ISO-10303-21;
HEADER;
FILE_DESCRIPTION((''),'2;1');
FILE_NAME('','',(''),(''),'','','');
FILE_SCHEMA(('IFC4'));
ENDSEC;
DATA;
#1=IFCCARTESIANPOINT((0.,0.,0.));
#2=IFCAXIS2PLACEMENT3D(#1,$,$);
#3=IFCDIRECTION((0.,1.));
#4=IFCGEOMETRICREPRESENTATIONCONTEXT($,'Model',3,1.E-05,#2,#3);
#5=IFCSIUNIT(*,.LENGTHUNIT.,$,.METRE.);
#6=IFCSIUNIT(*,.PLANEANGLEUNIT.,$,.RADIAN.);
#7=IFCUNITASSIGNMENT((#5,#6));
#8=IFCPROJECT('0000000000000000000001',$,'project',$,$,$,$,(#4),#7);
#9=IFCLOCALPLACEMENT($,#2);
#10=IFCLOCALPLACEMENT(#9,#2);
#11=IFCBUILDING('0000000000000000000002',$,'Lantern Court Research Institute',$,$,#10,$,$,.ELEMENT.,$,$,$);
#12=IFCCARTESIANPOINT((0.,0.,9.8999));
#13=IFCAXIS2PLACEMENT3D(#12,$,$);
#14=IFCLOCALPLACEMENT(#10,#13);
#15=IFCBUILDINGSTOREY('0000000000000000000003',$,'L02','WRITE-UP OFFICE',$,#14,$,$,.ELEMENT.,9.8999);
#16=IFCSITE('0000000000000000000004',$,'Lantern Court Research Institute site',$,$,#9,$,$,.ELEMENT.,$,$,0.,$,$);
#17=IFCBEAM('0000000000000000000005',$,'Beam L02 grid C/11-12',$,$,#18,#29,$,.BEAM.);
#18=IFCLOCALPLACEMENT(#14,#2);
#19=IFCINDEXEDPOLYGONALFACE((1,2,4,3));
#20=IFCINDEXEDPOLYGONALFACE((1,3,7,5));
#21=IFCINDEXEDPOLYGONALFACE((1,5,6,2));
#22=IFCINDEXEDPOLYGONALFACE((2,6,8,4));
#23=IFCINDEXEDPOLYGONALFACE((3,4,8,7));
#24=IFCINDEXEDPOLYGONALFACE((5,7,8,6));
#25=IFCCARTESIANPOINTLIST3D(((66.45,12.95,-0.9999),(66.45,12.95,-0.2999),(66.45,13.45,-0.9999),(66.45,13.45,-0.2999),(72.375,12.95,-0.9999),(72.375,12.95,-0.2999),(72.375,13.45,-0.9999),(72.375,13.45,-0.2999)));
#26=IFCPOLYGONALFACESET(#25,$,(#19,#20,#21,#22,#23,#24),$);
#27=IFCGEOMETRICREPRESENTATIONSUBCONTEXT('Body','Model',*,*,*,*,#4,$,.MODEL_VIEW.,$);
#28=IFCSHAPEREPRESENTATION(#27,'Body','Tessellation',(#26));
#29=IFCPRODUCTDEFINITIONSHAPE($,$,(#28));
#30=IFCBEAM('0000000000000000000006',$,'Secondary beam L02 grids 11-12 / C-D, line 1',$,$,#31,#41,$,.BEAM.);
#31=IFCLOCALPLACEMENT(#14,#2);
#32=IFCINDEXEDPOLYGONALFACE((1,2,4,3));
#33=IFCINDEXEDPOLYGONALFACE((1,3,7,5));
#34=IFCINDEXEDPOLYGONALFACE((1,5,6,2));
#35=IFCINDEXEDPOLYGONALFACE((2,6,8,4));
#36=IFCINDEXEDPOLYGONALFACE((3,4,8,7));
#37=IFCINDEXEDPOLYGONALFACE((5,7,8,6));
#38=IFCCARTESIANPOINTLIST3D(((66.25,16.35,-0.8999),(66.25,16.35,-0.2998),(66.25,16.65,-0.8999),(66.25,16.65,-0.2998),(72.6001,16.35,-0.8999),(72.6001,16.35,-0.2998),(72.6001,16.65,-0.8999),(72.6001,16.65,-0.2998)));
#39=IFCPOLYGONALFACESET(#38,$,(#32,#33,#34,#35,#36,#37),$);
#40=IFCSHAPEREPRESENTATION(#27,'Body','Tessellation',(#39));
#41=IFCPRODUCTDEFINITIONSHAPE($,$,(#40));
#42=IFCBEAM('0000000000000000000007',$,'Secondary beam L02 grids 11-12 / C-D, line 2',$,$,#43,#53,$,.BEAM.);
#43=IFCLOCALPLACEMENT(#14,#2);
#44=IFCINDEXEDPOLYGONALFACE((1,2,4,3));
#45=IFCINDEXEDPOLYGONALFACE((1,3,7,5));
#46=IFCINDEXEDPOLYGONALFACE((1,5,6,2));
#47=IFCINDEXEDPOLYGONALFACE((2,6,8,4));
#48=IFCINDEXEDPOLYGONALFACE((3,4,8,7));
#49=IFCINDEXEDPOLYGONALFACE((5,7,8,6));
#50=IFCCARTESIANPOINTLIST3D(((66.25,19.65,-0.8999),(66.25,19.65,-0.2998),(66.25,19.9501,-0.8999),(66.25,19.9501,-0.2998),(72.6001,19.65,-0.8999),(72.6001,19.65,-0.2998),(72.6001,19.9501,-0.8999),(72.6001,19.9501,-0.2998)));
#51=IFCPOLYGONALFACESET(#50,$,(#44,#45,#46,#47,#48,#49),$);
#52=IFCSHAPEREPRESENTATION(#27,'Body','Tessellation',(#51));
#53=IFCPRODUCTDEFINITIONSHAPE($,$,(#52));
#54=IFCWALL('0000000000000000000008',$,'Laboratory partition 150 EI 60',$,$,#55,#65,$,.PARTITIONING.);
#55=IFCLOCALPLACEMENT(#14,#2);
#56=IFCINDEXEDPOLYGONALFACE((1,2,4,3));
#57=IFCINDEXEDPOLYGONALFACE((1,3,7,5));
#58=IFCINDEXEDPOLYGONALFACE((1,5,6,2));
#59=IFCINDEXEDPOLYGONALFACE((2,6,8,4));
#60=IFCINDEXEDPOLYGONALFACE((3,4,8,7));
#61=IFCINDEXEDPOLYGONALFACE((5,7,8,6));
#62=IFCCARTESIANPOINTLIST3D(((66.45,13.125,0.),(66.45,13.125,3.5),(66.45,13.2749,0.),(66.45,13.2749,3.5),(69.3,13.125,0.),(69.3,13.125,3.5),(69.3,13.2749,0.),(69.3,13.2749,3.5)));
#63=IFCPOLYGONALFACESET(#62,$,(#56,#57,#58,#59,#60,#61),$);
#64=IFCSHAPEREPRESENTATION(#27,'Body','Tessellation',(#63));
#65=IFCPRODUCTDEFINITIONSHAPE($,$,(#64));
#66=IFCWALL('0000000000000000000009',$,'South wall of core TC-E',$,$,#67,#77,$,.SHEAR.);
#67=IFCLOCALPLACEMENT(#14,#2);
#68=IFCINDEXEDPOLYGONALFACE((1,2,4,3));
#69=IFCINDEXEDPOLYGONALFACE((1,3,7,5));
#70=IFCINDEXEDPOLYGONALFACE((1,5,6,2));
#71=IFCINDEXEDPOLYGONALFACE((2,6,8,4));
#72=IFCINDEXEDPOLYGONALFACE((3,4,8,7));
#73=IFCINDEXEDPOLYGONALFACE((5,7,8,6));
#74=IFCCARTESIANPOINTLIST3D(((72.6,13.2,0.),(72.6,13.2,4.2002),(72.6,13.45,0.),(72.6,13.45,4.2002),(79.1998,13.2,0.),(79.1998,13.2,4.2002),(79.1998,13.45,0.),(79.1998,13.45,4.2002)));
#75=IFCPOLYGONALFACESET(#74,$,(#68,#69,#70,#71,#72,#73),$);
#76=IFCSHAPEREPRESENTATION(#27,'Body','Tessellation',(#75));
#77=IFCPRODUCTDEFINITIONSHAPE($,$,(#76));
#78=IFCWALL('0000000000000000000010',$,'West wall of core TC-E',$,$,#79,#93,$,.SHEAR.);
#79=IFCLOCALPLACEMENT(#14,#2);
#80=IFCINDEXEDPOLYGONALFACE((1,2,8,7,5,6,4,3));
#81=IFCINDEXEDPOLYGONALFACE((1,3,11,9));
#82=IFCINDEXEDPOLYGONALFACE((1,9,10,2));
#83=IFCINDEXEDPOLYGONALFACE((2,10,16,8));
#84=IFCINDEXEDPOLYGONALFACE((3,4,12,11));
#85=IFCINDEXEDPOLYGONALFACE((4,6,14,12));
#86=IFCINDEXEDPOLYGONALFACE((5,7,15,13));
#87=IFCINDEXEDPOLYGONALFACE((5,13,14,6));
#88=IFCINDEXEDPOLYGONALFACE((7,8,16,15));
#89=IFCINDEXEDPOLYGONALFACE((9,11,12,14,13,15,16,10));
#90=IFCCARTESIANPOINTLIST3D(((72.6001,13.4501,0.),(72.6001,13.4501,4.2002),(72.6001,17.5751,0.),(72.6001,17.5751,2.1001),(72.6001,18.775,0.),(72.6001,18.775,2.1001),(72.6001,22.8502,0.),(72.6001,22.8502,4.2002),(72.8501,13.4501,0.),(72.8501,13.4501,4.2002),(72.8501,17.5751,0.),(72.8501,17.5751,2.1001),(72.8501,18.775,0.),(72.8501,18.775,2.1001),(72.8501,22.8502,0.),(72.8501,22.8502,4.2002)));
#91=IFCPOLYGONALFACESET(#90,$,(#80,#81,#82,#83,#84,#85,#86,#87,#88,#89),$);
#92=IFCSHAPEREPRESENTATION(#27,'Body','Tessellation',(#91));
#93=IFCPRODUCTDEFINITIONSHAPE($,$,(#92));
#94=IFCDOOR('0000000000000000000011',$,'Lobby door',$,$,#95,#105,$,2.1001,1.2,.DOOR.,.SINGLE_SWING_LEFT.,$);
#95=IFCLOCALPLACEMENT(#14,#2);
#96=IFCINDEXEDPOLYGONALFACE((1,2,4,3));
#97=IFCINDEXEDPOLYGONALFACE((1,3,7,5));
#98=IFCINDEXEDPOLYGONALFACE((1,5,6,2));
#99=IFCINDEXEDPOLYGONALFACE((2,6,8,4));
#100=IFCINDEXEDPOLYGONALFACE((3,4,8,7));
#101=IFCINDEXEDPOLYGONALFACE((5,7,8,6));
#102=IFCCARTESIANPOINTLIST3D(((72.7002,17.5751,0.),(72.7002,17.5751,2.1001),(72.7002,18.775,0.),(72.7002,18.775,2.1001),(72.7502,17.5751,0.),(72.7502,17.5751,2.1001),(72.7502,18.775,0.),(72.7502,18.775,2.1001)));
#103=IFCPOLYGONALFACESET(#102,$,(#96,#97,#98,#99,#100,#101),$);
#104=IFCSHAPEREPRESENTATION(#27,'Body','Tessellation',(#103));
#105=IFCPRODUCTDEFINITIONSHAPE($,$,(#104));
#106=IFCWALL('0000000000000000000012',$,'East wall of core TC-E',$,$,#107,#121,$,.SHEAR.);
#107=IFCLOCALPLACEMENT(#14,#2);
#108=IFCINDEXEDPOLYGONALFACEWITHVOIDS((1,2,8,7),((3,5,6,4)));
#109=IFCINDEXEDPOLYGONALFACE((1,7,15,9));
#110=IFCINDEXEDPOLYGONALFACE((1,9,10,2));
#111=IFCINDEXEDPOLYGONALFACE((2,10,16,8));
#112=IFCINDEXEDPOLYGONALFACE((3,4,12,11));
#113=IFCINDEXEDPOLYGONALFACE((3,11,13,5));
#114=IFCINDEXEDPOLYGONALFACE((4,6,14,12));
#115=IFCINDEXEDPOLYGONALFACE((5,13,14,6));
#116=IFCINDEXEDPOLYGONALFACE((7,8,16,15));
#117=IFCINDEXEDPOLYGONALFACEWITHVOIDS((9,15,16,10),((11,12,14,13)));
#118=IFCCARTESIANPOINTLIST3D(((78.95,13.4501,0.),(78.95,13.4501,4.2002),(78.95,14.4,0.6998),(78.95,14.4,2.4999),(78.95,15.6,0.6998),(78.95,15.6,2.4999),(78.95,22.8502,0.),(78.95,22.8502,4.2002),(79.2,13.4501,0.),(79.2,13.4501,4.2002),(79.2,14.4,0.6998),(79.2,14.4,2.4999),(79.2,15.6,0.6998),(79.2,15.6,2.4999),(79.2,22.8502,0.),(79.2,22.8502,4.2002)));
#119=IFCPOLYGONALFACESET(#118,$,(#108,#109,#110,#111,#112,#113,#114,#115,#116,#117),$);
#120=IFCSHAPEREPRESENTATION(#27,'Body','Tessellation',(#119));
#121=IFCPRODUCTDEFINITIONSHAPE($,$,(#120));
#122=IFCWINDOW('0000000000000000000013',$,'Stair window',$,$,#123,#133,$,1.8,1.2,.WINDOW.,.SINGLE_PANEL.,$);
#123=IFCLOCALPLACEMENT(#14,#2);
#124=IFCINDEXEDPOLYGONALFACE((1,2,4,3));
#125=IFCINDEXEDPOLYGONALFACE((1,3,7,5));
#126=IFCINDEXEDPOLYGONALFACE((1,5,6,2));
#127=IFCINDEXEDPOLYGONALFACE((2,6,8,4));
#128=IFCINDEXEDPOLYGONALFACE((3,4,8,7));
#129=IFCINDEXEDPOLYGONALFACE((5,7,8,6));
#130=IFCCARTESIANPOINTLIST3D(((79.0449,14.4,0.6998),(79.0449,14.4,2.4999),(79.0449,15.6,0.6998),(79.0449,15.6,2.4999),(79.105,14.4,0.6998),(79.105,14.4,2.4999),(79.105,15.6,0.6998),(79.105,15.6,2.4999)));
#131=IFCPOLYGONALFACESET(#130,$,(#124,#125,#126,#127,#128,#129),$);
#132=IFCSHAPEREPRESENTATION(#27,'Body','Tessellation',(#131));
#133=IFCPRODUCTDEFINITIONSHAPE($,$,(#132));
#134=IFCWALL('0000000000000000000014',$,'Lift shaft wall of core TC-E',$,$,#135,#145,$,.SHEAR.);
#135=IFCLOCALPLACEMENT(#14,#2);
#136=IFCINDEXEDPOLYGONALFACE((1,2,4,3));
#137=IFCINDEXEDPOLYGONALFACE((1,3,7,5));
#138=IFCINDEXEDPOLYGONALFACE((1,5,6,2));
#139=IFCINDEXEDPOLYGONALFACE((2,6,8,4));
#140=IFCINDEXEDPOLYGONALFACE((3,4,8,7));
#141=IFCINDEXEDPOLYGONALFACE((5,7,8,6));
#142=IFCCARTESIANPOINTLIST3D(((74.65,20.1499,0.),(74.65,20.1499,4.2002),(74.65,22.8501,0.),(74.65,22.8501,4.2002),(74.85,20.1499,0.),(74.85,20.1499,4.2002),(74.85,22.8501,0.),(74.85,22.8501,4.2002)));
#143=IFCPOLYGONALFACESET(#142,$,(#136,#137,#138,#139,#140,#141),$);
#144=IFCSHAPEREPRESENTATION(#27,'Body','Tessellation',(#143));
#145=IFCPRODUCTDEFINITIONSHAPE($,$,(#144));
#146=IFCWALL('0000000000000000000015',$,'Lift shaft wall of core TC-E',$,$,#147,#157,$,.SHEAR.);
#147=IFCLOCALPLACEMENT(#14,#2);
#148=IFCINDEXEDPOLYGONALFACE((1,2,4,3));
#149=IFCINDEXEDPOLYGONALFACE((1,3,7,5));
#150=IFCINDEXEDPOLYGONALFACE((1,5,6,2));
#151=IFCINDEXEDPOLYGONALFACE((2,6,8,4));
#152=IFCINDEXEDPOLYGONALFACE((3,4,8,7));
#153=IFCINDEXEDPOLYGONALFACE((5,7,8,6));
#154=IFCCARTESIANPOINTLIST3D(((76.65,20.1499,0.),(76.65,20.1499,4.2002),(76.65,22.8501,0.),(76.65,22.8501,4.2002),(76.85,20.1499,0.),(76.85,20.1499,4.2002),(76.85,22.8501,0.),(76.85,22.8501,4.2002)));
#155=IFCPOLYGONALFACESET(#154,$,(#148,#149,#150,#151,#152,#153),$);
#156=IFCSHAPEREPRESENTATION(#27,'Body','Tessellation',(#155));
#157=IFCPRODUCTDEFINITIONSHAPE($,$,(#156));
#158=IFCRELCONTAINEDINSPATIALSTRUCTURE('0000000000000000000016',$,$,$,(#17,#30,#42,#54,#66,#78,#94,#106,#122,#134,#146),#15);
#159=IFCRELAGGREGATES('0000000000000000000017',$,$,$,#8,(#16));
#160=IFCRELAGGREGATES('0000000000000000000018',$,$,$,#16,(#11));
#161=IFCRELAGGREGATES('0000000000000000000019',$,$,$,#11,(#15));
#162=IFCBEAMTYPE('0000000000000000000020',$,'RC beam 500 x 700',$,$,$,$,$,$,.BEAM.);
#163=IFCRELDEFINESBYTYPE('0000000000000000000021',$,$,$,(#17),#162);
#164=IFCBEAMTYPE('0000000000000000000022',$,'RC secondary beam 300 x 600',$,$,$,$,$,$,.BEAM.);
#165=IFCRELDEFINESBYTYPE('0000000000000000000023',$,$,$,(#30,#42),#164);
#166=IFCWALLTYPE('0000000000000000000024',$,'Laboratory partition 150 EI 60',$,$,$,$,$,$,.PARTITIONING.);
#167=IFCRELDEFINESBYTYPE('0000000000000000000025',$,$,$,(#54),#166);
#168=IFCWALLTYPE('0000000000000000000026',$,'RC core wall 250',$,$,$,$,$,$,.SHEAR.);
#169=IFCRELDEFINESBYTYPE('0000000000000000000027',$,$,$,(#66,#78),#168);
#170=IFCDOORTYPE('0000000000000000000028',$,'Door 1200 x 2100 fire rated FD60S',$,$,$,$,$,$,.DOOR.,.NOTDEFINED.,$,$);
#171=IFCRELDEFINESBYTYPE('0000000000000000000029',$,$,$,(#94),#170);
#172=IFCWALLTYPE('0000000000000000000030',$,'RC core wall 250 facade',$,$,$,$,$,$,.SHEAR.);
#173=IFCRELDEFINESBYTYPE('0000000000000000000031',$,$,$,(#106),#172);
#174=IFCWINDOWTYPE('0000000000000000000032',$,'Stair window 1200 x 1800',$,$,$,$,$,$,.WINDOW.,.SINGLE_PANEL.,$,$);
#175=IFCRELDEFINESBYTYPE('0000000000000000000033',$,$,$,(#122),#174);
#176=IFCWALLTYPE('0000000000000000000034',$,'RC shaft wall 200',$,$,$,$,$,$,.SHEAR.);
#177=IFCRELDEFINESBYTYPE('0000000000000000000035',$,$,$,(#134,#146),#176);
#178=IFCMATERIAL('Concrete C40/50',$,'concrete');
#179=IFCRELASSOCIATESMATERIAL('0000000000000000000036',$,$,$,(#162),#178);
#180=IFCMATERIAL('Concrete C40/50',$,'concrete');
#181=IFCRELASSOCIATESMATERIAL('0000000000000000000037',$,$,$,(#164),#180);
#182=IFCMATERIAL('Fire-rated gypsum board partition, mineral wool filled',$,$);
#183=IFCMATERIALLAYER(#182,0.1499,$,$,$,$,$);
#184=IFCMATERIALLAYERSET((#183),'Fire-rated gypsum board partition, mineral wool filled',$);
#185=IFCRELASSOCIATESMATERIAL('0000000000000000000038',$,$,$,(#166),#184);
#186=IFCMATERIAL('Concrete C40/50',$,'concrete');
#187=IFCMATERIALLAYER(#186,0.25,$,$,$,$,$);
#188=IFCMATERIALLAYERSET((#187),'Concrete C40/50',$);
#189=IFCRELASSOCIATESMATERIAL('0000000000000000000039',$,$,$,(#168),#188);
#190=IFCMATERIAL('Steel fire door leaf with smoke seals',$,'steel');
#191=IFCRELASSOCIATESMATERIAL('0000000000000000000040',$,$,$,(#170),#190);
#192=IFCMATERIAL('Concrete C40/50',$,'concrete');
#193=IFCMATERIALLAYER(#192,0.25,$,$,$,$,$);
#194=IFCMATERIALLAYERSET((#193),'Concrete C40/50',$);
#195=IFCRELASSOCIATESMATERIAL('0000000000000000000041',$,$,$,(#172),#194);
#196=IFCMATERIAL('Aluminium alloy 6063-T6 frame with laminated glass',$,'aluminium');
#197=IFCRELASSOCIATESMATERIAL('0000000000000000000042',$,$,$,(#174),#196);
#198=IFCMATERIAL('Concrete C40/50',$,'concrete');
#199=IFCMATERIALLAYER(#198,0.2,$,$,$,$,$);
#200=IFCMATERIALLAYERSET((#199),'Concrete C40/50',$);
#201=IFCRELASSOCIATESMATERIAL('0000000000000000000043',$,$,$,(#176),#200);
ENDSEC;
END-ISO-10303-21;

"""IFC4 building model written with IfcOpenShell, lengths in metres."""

from ifc_helpers import new_model, si_unit, direction, frame, frame_2d, origin, origin_2d, place, context, subcontext, project, spatial, rectangle, extrude, material, layer, layer_set, material_profile, profile_set, type_object, element, fill, save


model = new_model("IFC4")

# Units and contexts
model_context = context("Model", 3, precision=1e-05, world=origin(), true_north=direction((0.0, 1.0)))
body_context = subcontext(model_context, "Body", "Model", "MODEL_VIEW")
ifc_project = project(units=[si_unit("LENGTHUNIT", "METRE"), si_unit("PLANEANGLEUNIT", "RADIAN")], contexts=[model_context])

# Site, building, storey
site_placement = place(None, origin())
site = spatial("IfcSite", under=ifc_project, at=site_placement, Name="Lantern Court Research Institute site", CompositionType="ELEMENT", RefElevation=0.0)
building_placement = place(site_placement, origin())
building = spatial("IfcBuilding", under=site, at=building_placement, Name="Lantern Court Research Institute", CompositionType="ELEMENT")
storey_placement = place(building_placement, frame((0.0, 0.0, 9.8999)))
storey = spatial("IfcBuildingStorey", under=building, at=storey_placement, Name="L02", Description="WRITE-UP OFFICE", CompositionType="ELEMENT", Elevation=9.8999)

# Beams
ifc_material_1 = material(Name="Concrete C40/50", Category="concrete")
ifc_material_profile_1 = material_profile(ifc_material_1, rectangle(XDim=0.5, YDim=0.7, at=origin_2d()), Name="RC beam 500 x 700")
ifc_profile_set_1 = profile_set([ifc_material_profile_1], Name="Concrete C40/50")
beam_type_1 = type_object("IfcBeamType", Name="RC beam 500 x 700", PredefinedType="BEAM", material=ifc_profile_set_1)
beam_placement = place(storey_placement, frame((66.45, 13.2, -0.6499), z_axis=(1.0, 0.0, 0.0), x_axis=(0.0, 1.0, 0.0)))
element("IfcBeam", 1, at=beam_placement, inside=storey, type_object=beam_type_1, Name="Beam L02 grid C/11-12", PredefinedType="BEAM", context=body_context, shape_type="SweptSolid", body=[
    extrude(rectangle(XDim=0.5, YDim=0.7, at=origin_2d()), origin(), (0.0, 0.0, 1.0), 5.925),
])
ifc_material_2 = material(Name="Concrete C40/50", Category="concrete")
ifc_material_profile_2 = material_profile(ifc_material_2, rectangle(XDim=0.3, YDim=0.6001, at=origin_2d()), Name="RC beam 300 x 600")
ifc_profile_set_2 = profile_set([ifc_material_profile_2], Name="Concrete C40/50")
beam_type_2 = type_object("IfcBeamType", Name="RC secondary beam 300 x 600", PredefinedType="BEAM", material=ifc_profile_set_2)
for number, where, z_axis, x_axis, name in (
    (2, (66.25, 16.5, -0.5999), (1.0, 0.0, 0.0), (0.0, 1.0, 0.0), "Secondary beam L02 grids 11-12 / C-D, line 1"),
    (3, (66.25, 19.8, -0.5999), (1.0, 0.0, 0.0), (0.0, 1.0, 0.0), "Secondary beam L02 grids 11-12 / C-D, line 2"),
):
    element("IfcBeam", number, at=place(storey_placement, frame(where, z_axis=z_axis, x_axis=x_axis)), inside=storey, type_object=beam_type_2, Name=name, PredefinedType="BEAM", context=body_context, shape_type="SweptSolid", body=[
        extrude(rectangle(XDim=0.3, YDim=0.6001, at=origin_2d()), origin(), (0.0, 0.0, 1.0), 6.3501),
    ])

# Walls
ifc_material_3 = material(Name="Fire-rated gypsum board partition, mineral wool filled")
ifc_layer_1 = layer(ifc_material_3, 0.1499)
ifc_layer_set_1 = layer_set([ifc_layer_1], Name="Fire-rated gypsum board partition, mineral wool filled")
wall_type_1 = type_object("IfcWallType", Name="Laboratory partition 150 EI 60", PredefinedType="PARTITIONING", material=ifc_layer_set_1)
wall_1_placement = place(storey_placement, frame((69.3, 13.2, 0.0), z_axis=(0.0, 0.0, 1.0), x_axis=(-1.0, 0.0, 0.0)))
element("IfcWall", 4, at=wall_1_placement, inside=storey, type_object=wall_type_1, Name="Laboratory partition 150 EI 60", PredefinedType="PARTITIONING", context=body_context, shape_type="SweptSolid", body=[
    extrude(rectangle(XDim=2.8501, YDim=0.1499, at=frame_2d((1.425, 0.0))), origin(), (0.0, 0.0, 1.0), 3.5),
])
ifc_material_4 = material(Name="Concrete C40/50", Category="concrete")
ifc_layer_2 = layer(ifc_material_4, 0.25)
ifc_layer_set_2 = layer_set([ifc_layer_2], Name="Concrete C40/50")
wall_type_2 = type_object("IfcWallType", Name="RC core wall 250", PredefinedType="SHEAR", material=ifc_layer_set_2)
wall_2_placement = place(storey_placement, frame((72.6001, 13.325, 0.0), z_axis=(0.0, 0.0, 1.0), x_axis=(1.0, 0.0, 0.0)))
element("IfcWall", 5, at=wall_2_placement, inside=storey, type_object=wall_type_2, Name="South wall of core TC-E", PredefinedType="SHEAR", context=body_context, shape_type="SweptSolid", body=[
    extrude(rectangle(XDim=6.5999, YDim=0.25, at=frame_2d((3.2998, 0.0))), origin(), (0.0, 0.0, 1.0), 4.2002),
])

# Wall, opening, door
wall_3_placement = place(storey_placement, frame((72.7251, 13.45, 0.0), z_axis=(0.0, 0.0, 1.0), x_axis=(0.0, 1.0, 0.0)))
wall_3 = element("IfcWall", 6, at=wall_3_placement, inside=storey, type_object=wall_type_2, Name="West wall of core TC-E", PredefinedType="SHEAR", context=body_context, shape_type="SweptSolid", body=[
    extrude(rectangle(XDim=9.4001, YDim=0.25, at=frame_2d((4.7002, 0.0))), origin(), (0.0, 0.0, 1.0), 4.2002),
])
opening_1_placement = place(wall_3_placement, frame((4.125, 0.0, 0.0)))
opening_1 = element("IfcOpeningElement", 7, at=opening_1_placement, cuts=wall_3, PredefinedType="OPENING", context=body_context, shape_type="SweptSolid", body=[
    extrude(rectangle(XDim=1.2, YDim=2.1001, at=frame_2d((0.6001, 1.05))), frame((0.0, 0.135, 0.0), z_axis=(0.0, -1.0, 0.0), x_axis=(1.0, 0.0, 0.0)), (0.0, 0.0, 1.0), 0.27),
])
ifc_material_5 = material(Name="Steel fire door leaf with smoke seals", Category="steel")
door_type_1 = type_object("IfcDoorType", Name="Door 1200 x 2100 fire rated FD60S", OperationType="NOTDEFINED", PredefinedType="DOOR", material=ifc_material_5)
door_1_placement = place(opening_1_placement, origin())
door_1 = element("IfcDoor", 8, at=door_1_placement, inside=storey, type_object=door_type_1, Name="Lobby door", OperationType="SINGLE_SWING_LEFT", OverallHeight=2.1001, OverallWidth=1.2, PredefinedType="DOOR", context=body_context, shape_type="SweptSolid", body=[
    extrude(rectangle(XDim=1.2, YDim=2.1001, at=frame_2d((0.6001, 1.05))), frame((0.0, 0.0249, 0.0), z_axis=(0.0, -1.0, 0.0), x_axis=(1.0, 0.0, 0.0)), (0.0, 0.0, 1.0), 0.05),
])
fill(opening_1, door_1)

# Wall, opening, window
ifc_material_6 = material(Name="Concrete C40/50", Category="concrete")
ifc_layer_3 = layer(ifc_material_6, 0.25)
ifc_layer_set_3 = layer_set([ifc_layer_3], Name="Concrete C40/50")
wall_type_3 = type_object("IfcWallType", Name="RC core wall 250 facade", PredefinedType="SHEAR", material=ifc_layer_set_3)
wall_4_placement = place(storey_placement, frame((79.075, 13.45, 0.0), z_axis=(0.0, 0.0, 1.0), x_axis=(0.0, 1.0, 0.0)))
wall_4 = element("IfcWall", 9, at=wall_4_placement, inside=storey, type_object=wall_type_3, Name="East wall of core TC-E", PredefinedType="SHEAR", context=body_context, shape_type="SweptSolid", body=[
    extrude(rectangle(XDim=9.4001, YDim=0.25, at=frame_2d((4.7002, 0.0))), origin(), (0.0, 0.0, 1.0), 4.2002),
])
opening_2_placement = place(wall_4_placement, frame((0.95, 0.0, 0.7)))
opening_2 = element("IfcOpeningElement", 10, at=opening_2_placement, cuts=wall_4, PredefinedType="OPENING", context=body_context, shape_type="SweptSolid", body=[
    extrude(rectangle(XDim=1.2, YDim=1.8, at=frame_2d((0.6001, 0.8999))), frame((0.0, 0.135, 0.0), z_axis=(0.0, -1.0, 0.0), x_axis=(1.0, 0.0, 0.0)), (0.0, 0.0, 1.0), 0.27),
])
ifc_material_7 = material(Name="Aluminium alloy 6063-T6 frame with laminated glass", Category="aluminium")
window_type = type_object("IfcWindowType", Name="Stair window 1200 x 1800", PartitioningType="SINGLE_PANEL", PredefinedType="WINDOW", material=ifc_material_7)
window_placement = place(opening_2_placement, origin())
window = element("IfcWindow", 11, at=window_placement, inside=storey, type_object=window_type, Name="Stair window", OverallHeight=1.8, OverallWidth=1.2, PartitioningType="SINGLE_PANEL", PredefinedType="WINDOW", context=body_context, shape_type="SweptSolid", body=[
    extrude(rectangle(XDim=1.2, YDim=1.8, at=frame_2d((0.6001, 0.8999))), frame((0.0, 0.03, 0.0), z_axis=(0.0, -1.0, 0.0), x_axis=(1.0, 0.0, 0.0)), (0.0, 0.0, 1.0), 0.0601),
])
fill(opening_2, window)

# Walls
ifc_material_8 = material(Name="Concrete C40/50", Category="concrete")
ifc_layer_4 = layer(ifc_material_8, 0.2)
ifc_layer_set_4 = layer_set([ifc_layer_4], Name="Concrete C40/50")
wall_type_4 = type_object("IfcWallType", Name="RC shaft wall 200", PredefinedType="SHEAR", material=ifc_layer_set_4)
for number, where, z_axis, x_axis, name in (
    (12, (74.75, 20.1499, 0.0), (0.0, 0.0, 1.0), (0.0, 1.0, 0.0), "Lift shaft wall of core TC-E"),
    (13, (76.75, 20.1499, 0.0), (0.0, 0.0, 1.0), (0.0, 1.0, 0.0), "Lift shaft wall of core TC-E"),
):
    element("IfcWall", number, at=place(storey_placement, frame(where, z_axis=z_axis, x_axis=x_axis)), inside=storey, type_object=wall_type_4, Name=name, PredefinedType="SHEAR", context=body_context, shape_type="SweptSolid", body=[
        extrude(rectangle(XDim=2.7002, YDim=0.2, at=frame_2d((1.3501, 0.0))), origin(), (0.0, 0.0, 1.0), 4.2002),
    ])

save(model, "model.ifc")
